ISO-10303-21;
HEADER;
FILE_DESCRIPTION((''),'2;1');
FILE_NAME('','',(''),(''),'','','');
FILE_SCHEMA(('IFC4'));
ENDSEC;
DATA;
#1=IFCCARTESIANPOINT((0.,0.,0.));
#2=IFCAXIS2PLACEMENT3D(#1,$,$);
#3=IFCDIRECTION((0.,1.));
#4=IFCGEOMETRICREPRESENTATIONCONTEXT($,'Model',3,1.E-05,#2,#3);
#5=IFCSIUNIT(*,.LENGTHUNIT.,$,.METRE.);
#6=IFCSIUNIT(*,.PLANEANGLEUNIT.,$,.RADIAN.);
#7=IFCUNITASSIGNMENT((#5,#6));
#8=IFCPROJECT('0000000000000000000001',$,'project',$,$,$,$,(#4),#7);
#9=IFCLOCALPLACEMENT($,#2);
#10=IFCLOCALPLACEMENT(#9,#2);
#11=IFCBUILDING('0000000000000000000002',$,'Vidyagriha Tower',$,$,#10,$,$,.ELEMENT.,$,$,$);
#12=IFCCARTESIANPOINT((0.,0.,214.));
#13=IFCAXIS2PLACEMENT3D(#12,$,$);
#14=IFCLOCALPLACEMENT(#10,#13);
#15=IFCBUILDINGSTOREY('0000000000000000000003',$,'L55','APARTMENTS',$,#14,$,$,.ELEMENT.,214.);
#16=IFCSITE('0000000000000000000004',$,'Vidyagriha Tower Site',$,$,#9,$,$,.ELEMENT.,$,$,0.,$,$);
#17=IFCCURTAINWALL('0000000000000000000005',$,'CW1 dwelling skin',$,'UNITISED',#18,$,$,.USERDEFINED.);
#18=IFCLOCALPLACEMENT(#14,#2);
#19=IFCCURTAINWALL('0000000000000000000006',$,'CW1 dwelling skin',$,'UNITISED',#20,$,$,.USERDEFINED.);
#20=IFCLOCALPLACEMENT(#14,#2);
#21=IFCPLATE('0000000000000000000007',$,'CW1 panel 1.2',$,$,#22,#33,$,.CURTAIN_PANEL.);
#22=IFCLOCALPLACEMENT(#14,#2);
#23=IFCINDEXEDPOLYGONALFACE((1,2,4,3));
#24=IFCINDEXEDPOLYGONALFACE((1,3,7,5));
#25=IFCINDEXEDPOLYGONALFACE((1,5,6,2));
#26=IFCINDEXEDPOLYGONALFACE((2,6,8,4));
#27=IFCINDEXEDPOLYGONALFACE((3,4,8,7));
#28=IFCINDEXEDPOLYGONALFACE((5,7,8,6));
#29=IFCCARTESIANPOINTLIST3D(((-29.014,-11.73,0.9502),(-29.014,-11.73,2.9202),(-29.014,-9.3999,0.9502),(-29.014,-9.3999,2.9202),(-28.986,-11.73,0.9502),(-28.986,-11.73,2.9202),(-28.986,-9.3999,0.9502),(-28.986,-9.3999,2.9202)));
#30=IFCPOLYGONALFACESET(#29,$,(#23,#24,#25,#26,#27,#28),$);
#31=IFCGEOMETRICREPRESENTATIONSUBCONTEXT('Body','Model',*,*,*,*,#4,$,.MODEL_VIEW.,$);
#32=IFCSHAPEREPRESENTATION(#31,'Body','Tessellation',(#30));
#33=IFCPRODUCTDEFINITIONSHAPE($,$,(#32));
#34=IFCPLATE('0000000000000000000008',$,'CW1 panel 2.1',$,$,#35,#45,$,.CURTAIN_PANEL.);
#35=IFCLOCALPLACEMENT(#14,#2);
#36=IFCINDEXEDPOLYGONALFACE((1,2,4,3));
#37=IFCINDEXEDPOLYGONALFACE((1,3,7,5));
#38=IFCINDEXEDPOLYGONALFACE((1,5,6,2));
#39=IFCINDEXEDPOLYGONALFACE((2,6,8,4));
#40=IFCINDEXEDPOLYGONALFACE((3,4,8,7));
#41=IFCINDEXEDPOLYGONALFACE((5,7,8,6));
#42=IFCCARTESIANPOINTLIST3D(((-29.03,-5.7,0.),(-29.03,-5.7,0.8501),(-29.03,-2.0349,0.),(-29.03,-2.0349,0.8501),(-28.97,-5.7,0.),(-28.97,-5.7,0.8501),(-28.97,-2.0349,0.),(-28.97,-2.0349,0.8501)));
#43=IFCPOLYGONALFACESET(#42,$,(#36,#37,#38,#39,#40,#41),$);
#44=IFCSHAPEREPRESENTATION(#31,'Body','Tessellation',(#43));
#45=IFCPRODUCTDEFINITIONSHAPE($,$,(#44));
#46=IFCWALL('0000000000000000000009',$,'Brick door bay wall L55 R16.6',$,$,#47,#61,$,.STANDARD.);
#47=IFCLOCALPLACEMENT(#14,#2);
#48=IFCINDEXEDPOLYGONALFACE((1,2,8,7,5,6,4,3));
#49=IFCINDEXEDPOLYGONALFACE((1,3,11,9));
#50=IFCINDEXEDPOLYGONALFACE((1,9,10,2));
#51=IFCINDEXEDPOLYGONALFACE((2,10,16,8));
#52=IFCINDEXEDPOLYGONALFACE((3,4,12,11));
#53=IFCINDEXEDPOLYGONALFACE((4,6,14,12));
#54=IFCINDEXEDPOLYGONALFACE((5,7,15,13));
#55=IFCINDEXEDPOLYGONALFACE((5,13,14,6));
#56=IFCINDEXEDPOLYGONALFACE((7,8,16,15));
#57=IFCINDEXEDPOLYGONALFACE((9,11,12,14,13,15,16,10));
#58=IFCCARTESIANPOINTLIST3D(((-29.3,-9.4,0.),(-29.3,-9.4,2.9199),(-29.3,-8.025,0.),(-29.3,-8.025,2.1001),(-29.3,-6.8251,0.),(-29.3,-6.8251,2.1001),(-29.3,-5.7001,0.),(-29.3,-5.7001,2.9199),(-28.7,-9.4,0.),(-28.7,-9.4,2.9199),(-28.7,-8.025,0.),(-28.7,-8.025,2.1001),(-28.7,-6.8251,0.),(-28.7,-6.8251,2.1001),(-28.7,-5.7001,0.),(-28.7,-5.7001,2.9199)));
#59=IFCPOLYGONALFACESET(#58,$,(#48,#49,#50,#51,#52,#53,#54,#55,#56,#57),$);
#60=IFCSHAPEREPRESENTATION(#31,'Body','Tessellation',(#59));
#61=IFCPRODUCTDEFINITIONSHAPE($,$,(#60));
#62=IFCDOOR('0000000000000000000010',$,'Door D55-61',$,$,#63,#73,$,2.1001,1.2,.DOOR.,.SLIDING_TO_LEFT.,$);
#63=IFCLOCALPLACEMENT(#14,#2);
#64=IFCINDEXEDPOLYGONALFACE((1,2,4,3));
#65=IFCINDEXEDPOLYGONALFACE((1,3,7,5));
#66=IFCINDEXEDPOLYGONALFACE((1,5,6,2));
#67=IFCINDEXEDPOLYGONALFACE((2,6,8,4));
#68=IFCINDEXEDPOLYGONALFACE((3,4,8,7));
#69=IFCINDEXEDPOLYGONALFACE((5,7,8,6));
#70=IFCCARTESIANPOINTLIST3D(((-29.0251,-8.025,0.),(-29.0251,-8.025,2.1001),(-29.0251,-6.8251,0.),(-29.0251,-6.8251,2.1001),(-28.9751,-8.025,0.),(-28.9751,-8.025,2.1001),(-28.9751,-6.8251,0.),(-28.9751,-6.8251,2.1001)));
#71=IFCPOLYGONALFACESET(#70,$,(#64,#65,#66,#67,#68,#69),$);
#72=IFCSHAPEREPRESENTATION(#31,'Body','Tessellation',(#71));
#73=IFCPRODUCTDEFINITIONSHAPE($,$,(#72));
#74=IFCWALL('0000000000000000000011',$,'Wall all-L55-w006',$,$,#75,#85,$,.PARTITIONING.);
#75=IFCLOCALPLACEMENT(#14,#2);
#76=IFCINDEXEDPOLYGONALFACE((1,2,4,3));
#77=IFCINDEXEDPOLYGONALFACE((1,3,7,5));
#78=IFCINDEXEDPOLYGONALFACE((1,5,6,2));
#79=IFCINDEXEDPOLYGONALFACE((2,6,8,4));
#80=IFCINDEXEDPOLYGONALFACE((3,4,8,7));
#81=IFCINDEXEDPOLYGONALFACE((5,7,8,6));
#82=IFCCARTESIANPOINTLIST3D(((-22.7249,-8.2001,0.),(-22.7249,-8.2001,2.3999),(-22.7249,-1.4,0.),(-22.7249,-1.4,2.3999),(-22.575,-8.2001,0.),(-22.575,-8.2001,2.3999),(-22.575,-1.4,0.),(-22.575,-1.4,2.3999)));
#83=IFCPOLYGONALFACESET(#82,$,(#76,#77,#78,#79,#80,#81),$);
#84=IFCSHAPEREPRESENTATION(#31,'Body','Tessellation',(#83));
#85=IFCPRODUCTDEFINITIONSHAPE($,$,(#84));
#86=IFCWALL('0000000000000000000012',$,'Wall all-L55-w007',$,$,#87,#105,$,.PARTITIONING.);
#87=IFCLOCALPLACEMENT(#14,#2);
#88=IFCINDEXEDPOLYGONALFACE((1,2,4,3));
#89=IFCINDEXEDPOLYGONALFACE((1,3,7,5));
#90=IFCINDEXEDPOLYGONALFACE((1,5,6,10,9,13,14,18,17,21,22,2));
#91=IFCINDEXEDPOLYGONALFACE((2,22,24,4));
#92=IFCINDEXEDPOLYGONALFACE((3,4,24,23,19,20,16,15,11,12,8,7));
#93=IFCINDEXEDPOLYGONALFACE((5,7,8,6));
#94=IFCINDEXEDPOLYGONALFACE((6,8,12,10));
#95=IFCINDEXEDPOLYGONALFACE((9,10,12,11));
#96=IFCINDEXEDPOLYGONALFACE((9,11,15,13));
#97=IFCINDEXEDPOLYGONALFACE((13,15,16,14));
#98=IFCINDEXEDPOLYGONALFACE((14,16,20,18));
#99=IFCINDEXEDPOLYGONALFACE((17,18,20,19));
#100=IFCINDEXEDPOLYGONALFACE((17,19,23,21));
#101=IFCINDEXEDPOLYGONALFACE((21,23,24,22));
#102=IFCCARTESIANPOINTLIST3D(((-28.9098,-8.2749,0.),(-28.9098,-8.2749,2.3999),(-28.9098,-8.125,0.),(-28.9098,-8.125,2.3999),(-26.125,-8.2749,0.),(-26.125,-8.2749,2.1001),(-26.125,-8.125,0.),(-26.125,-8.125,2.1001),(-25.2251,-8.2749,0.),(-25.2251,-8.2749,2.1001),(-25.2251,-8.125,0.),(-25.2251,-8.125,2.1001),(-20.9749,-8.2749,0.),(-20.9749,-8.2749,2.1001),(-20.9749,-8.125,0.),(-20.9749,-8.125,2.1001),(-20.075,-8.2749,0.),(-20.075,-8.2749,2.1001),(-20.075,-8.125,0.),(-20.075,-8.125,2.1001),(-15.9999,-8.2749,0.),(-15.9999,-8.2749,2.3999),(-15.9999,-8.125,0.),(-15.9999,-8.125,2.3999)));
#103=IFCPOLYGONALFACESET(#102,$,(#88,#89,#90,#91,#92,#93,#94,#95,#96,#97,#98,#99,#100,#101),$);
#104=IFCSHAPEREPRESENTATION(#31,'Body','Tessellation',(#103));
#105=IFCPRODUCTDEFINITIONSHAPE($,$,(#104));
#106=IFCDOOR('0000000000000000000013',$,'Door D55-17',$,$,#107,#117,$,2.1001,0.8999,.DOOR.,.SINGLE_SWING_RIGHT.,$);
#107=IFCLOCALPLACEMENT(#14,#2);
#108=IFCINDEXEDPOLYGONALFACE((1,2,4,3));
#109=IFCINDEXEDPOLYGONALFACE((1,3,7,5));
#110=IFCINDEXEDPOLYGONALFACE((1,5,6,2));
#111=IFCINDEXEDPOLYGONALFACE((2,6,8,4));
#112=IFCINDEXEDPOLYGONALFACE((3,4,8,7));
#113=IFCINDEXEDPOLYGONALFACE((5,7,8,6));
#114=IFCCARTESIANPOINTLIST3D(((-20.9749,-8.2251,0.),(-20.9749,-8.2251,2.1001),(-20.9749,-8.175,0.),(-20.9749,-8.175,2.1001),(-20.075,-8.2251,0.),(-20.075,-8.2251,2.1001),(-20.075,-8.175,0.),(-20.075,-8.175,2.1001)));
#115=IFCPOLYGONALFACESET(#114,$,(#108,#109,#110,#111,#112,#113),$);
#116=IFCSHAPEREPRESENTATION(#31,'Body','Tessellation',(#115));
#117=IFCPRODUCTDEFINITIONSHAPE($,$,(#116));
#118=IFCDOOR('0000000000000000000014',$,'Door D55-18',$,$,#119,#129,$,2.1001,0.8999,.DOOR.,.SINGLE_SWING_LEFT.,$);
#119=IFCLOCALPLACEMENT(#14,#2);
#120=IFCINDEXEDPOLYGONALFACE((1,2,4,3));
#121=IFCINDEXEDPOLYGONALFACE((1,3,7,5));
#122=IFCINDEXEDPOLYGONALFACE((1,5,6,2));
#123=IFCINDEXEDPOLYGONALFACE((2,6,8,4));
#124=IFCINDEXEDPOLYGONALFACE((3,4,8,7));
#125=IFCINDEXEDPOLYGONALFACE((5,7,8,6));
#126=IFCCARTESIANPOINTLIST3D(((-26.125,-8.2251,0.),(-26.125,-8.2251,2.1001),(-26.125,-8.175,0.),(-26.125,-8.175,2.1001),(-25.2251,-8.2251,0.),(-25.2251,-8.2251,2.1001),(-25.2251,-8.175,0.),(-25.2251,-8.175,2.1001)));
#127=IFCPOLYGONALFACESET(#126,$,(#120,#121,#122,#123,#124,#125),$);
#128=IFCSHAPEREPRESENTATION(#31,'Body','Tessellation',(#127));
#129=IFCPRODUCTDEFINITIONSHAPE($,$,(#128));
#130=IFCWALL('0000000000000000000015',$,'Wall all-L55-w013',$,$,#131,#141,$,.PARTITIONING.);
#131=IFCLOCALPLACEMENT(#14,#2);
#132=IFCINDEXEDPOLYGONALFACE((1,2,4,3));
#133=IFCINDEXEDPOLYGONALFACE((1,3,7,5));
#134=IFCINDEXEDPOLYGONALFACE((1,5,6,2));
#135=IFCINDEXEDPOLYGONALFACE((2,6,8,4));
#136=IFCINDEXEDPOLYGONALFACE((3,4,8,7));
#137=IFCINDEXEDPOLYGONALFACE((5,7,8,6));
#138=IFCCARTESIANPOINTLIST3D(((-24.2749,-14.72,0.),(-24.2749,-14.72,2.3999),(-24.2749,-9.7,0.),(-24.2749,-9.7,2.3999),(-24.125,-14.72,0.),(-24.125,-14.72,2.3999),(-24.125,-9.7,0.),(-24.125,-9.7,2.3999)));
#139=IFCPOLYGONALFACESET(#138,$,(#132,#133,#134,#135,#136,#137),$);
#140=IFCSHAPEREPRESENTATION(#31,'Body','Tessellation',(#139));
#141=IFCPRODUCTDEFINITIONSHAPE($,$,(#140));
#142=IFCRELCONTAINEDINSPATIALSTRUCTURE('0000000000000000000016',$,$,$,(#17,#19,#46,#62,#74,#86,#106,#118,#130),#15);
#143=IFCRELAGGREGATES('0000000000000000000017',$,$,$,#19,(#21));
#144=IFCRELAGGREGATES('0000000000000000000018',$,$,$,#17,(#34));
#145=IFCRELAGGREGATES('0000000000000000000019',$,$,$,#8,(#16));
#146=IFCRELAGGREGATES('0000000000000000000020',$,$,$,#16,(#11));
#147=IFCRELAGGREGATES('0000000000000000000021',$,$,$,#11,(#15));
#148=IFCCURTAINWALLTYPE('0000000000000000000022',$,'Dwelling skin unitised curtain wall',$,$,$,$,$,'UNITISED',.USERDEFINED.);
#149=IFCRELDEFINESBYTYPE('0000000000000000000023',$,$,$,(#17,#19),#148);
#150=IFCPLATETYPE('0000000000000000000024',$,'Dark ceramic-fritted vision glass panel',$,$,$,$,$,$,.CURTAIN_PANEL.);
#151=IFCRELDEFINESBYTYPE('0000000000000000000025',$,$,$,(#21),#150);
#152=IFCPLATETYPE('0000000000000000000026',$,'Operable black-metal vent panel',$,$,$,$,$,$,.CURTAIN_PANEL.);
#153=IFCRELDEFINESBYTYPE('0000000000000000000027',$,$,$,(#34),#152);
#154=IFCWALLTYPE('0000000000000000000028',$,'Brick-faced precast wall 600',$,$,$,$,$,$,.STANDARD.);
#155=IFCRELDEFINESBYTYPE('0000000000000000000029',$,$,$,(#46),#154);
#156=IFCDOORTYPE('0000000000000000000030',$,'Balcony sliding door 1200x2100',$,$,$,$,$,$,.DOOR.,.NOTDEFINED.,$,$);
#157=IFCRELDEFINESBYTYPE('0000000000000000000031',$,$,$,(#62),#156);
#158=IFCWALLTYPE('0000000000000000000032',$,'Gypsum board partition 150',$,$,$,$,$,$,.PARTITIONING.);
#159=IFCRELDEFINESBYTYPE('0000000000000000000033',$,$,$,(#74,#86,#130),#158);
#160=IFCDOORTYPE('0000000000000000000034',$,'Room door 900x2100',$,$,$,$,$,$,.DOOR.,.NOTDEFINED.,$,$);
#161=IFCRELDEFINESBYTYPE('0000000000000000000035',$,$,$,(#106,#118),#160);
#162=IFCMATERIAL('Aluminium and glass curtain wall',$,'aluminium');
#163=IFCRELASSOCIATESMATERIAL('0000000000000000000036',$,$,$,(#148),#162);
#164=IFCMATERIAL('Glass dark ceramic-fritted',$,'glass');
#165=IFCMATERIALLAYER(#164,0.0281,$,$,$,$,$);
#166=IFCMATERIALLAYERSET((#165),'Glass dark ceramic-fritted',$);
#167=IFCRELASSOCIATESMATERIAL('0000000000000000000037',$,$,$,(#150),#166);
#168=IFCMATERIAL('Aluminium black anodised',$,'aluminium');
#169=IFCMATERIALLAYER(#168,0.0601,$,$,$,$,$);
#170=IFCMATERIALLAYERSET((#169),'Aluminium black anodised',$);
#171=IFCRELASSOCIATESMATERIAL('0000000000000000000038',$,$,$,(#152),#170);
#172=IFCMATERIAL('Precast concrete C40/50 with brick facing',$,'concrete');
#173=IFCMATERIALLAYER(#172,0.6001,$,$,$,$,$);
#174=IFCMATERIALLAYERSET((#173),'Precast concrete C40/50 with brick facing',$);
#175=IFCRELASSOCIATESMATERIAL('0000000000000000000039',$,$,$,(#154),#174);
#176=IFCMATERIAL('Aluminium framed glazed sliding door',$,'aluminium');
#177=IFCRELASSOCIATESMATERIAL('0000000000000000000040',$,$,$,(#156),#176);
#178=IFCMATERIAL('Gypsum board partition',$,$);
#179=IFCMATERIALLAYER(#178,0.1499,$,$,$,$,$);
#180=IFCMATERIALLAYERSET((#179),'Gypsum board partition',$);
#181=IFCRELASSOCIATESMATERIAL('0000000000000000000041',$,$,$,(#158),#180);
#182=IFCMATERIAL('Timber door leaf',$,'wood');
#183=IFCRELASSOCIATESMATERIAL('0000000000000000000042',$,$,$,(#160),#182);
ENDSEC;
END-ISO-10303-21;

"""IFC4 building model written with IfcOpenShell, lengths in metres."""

from ifc_helpers import new_model, si_unit, direction, frame, frame_2d, origin, origin_2d, place, context, subcontext, project, spatial, rectangle, extrude, material, layer, layer_set, type_object, element, fill, aggregate, save


model = new_model("IFC4")

# Units and contexts
model_context = context("Model", 3, precision=1e-05, world=origin(), true_north=direction((0.0, 1.0)))
body_context = subcontext(model_context, "Body", "Model", "MODEL_VIEW")
ifc_project = project(units=[si_unit("LENGTHUNIT", "METRE"), si_unit("PLANEANGLEUNIT", "RADIAN")], contexts=[model_context])

# Site, building, storey
site_placement = place(None, origin())
site = spatial("IfcSite", under=ifc_project, at=site_placement, Name="Vidyagriha Tower Site", CompositionType="ELEMENT", RefElevation=0.0)
building_placement = place(site_placement, origin())
building = spatial("IfcBuilding", under=site, at=building_placement, Name="Vidyagriha Tower", CompositionType="ELEMENT")
storey_placement = place(building_placement, frame((0.0, 0.0, 214.0)))
storey = spatial("IfcBuildingStorey", under=building, at=storey_placement, Name="L55", Description="APARTMENTS", CompositionType="ELEMENT", Elevation=214.0)

# Curtain walls
ifc_material_1 = material(Name="Aluminium and glass curtain wall", Category="aluminium")
curtain_wall_type = type_object("IfcCurtainWallType", Name="Dwelling skin unitised curtain wall", ElementType="UNITISED", PredefinedType="USERDEFINED", material=ifc_material_1)
curtain_wall_1_placement = place(storey_placement, origin())
curtain_wall_1 = element("IfcCurtainWall", 1, at=curtain_wall_1_placement, inside=storey, type_object=curtain_wall_type, Name="CW1 dwelling skin", ObjectType="UNITISED", PredefinedType="USERDEFINED")
curtain_wall_2_placement = place(storey_placement, origin())
curtain_wall_2 = element("IfcCurtainWall", 2, at=curtain_wall_2_placement, inside=storey, type_object=curtain_wall_type, Name="CW1 dwelling skin", ObjectType="UNITISED", PredefinedType="USERDEFINED")

# Plates
ifc_material_2 = material(Name="Glass dark ceramic-fritted", Category="glass")
ifc_layer_1 = layer(ifc_material_2, 0.0281)
ifc_layer_set_1 = layer_set([ifc_layer_1], Name="Glass dark ceramic-fritted")
plate_type_1 = type_object("IfcPlateType", Name="Dark ceramic-fritted vision glass panel", PredefinedType="CURTAIN_PANEL", material=ifc_layer_set_1)
plate_1_placement = place(storey_placement, frame((-29.0, -10.5649, 0.9502), z_axis=(0.0, 0.0, 1.0), x_axis=(0.0, -1.0, 0.0)))
plate_1 = element("IfcPlate", 3, at=plate_1_placement, type_object=plate_type_1, Name="CW1 panel 1.2", PredefinedType="CURTAIN_PANEL", context=body_context, shape_type="SweptSolid", body=[
    extrude(rectangle(XDim=2.3301, YDim=0.0281, at=origin_2d()), origin(), (0.0, 0.0, 1.0), 1.97),
])
aggregate(curtain_wall_2, [plate_1])
ifc_material_3 = material(Name="Aluminium black anodised", Category="aluminium")
ifc_layer_2 = layer(ifc_material_3, 0.0601)
ifc_layer_set_2 = layer_set([ifc_layer_2], Name="Aluminium black anodised")
plate_type_2 = type_object("IfcPlateType", Name="Operable black-metal vent panel", PredefinedType="CURTAIN_PANEL", material=ifc_layer_set_2)
plate_2_placement = place(storey_placement, frame((-29.0, -3.8674, 0.0), z_axis=(0.0, 0.0, 1.0), x_axis=(0.0, -1.0, 0.0)))
plate_2 = element("IfcPlate", 4, at=plate_2_placement, type_object=plate_type_2, Name="CW1 panel 2.1", PredefinedType="CURTAIN_PANEL", context=body_context, shape_type="SweptSolid", body=[
    extrude(rectangle(XDim=3.665, YDim=0.0601, at=origin_2d()), origin(), (0.0, 0.0, 1.0), 0.8501),
])
aggregate(curtain_wall_1, [plate_2])

# Wall, opening, door
ifc_material_4 = material(Name="Precast concrete C40/50 with brick facing", Category="concrete")
ifc_layer_3 = layer(ifc_material_4, 0.6001)
ifc_layer_set_3 = layer_set([ifc_layer_3], Name="Precast concrete C40/50 with brick facing")
wall_type_1 = type_object("IfcWallType", Name="Brick-faced precast wall 600", PredefinedType="STANDARD", material=ifc_layer_set_3)
wall_1_placement = place(storey_placement, frame((-29.0, -5.7, 0.0), z_axis=(0.0, 0.0, 1.0), x_axis=(0.0, -1.0, 0.0)))
wall_1 = element("IfcWall", 5, at=wall_1_placement, inside=storey, type_object=wall_type_1, Name="Brick door bay wall L55 R16.6", PredefinedType="STANDARD", context=body_context, shape_type="SweptSolid", body=[
    extrude(rectangle(XDim=3.7, YDim=0.6001, at=frame_2d((1.8501, 0.0))), origin(), (0.0, 0.0, 1.0), 2.9199),
])
opening_1_placement = place(wall_1_placement, frame((1.125, 0.0, 0.0)))
opening_1 = element("IfcOpeningElement", 6, at=opening_1_placement, cuts=wall_1, PredefinedType="OPENING", context=body_context, shape_type="SweptSolid", body=[
    extrude(rectangle(XDim=1.2, YDim=2.1001, at=frame_2d((0.6001, 1.05))), frame((0.0, 0.3101, 0.0), z_axis=(0.0, -1.0, 0.0), x_axis=(1.0, 0.0, 0.0)), (0.0, 0.0, 1.0), 0.6201),
])
ifc_material_5 = material(Name="Aluminium framed glazed sliding door", Category="aluminium")
door_type_1 = type_object("IfcDoorType", Name="Balcony sliding door 1200x2100", OperationType="NOTDEFINED", PredefinedType="DOOR", material=ifc_material_5)
door_1_placement = place(opening_1_placement, origin())
door_1 = element("IfcDoor", 7, at=door_1_placement, inside=storey, type_object=door_type_1, Name="Door D55-61", OperationType="SLIDING_TO_LEFT", OverallHeight=2.1001, OverallWidth=1.2, PredefinedType="DOOR", context=body_context, shape_type="SweptSolid", body=[
    extrude(rectangle(XDim=1.2, YDim=2.1001, at=frame_2d((0.6001, 1.05))), frame((0.0, 0.0249, 0.0), z_axis=(0.0, -1.0, 0.0), x_axis=(1.0, 0.0, 0.0)), (0.0, 0.0, 1.0), 0.05),
])
fill(opening_1, door_1)

# Wall
ifc_material_6 = material(Name="Gypsum board partition")
ifc_layer_4 = layer(ifc_material_6, 0.1499)
ifc_layer_set_4 = layer_set([ifc_layer_4], Name="Gypsum board partition")
wall_type_2 = type_object("IfcWallType", Name="Gypsum board partition 150", PredefinedType="PARTITIONING", material=ifc_layer_set_4)
wall_2_placement = place(storey_placement, frame((-22.6499, -8.2, 0.0), z_axis=(0.0, 0.0, 1.0), x_axis=(0.0, 1.0, 0.0)))
element("IfcWall", 8, at=wall_2_placement, inside=storey, type_object=wall_type_2, Name="Wall all-L55-w006", PredefinedType="PARTITIONING", context=body_context, shape_type="SweptSolid", body=[
    extrude(rectangle(XDim=6.8, YDim=0.1499, at=frame_2d((3.3999, 0.0))), origin(), (0.0, 0.0, 1.0), 2.3999),
])

# Wall, openings, doors
wall_3_placement = place(storey_placement, frame((-28.9099, -8.2, 0.0)))
wall_3 = element("IfcWall", 9, at=wall_3_placement, inside=storey, type_object=wall_type_2, Name="Wall all-L55-w007", PredefinedType="PARTITIONING", context=body_context, shape_type="SweptSolid", body=[
    extrude(rectangle(XDim=12.9099, YDim=0.1499, at=frame_2d((6.4551, 0.0))), origin(), (0.0, 0.0, 1.0), 2.3999),
])
opening_2_placement = place(wall_3_placement, frame((7.9351, 0.0, 0.0)))
opening_2 = element("IfcOpeningElement", 10, at=opening_2_placement, cuts=wall_3, PredefinedType="OPENING", context=body_context, shape_type="SweptSolid", body=[
    extrude(rectangle(XDim=0.8999, YDim=2.1001, at=frame_2d((0.45, 1.05))), frame((0.0, 0.085, 0.0), z_axis=(0.0, -1.0, 0.0), x_axis=(1.0, 0.0, 0.0)), (0.0, 0.0, 1.0), 0.1699),
])
opening_3_placement = place(wall_3_placement, frame((2.7849, 0.0, 0.0)))
opening_3 = element("IfcOpeningElement", 11, at=opening_3_placement, cuts=wall_3, PredefinedType="OPENING", context=body_context, shape_type="SweptSolid", body=[
    extrude(rectangle(XDim=0.8999, YDim=2.1001, at=frame_2d((0.45, 1.05))), frame((0.0, 0.085, 0.0), z_axis=(0.0, -1.0, 0.0), x_axis=(1.0, 0.0, 0.0)), (0.0, 0.0, 1.0), 0.1699),
])
ifc_material_7 = material(Name="Timber door leaf", Category="wood")
door_type_2 = type_object("IfcDoorType", Name="Room door 900x2100", OperationType="NOTDEFINED", PredefinedType="DOOR", material=ifc_material_7)
door_2_placement = place(opening_2_placement, origin())
door_2 = element("IfcDoor", 12, at=door_2_placement, inside=storey, type_object=door_type_2, Name="Door D55-17", OperationType="SINGLE_SWING_RIGHT", OverallHeight=2.1001, OverallWidth=0.8999, PredefinedType="DOOR", context=body_context, shape_type="SweptSolid", body=[
    extrude(rectangle(XDim=0.8999, YDim=2.1001, at=frame_2d((0.45, 1.05))), frame((0.0, 0.0249, 0.0), z_axis=(0.0, -1.0, 0.0), x_axis=(1.0, 0.0, 0.0)), (0.0, 0.0, 1.0), 0.05),
])
fill(opening_2, door_2)
door_3_placement = place(opening_3_placement, origin())
door_3 = element("IfcDoor", 13, at=door_3_placement, inside=storey, type_object=door_type_2, Name="Door D55-18", OperationType="SINGLE_SWING_LEFT", OverallHeight=2.1001, OverallWidth=0.8999, PredefinedType="DOOR", context=body_context, shape_type="SweptSolid", body=[
    extrude(rectangle(XDim=0.8999, YDim=2.1001, at=frame_2d((0.45, 1.05))), frame((0.0, 0.0249, 0.0), z_axis=(0.0, -1.0, 0.0), x_axis=(1.0, 0.0, 0.0)), (0.0, 0.0, 1.0), 0.05),
])
fill(opening_3, door_3)

# Wall
wall_4_placement = place(storey_placement, frame((-24.2, -9.7, 0.0), z_axis=(0.0, 0.0, 1.0), x_axis=(0.0, -1.0, 0.0)))
element("IfcWall", 14, at=wall_4_placement, inside=storey, type_object=wall_type_2, Name="Wall all-L55-w013", PredefinedType="PARTITIONING", context=body_context, shape_type="SweptSolid", body=[
    extrude(rectangle(XDim=5.02, YDim=0.1499, at=frame_2d((2.51, 0.0))), origin(), (0.0, 0.0, 1.0), 2.3999),
])

save(model, "model.ifc")
